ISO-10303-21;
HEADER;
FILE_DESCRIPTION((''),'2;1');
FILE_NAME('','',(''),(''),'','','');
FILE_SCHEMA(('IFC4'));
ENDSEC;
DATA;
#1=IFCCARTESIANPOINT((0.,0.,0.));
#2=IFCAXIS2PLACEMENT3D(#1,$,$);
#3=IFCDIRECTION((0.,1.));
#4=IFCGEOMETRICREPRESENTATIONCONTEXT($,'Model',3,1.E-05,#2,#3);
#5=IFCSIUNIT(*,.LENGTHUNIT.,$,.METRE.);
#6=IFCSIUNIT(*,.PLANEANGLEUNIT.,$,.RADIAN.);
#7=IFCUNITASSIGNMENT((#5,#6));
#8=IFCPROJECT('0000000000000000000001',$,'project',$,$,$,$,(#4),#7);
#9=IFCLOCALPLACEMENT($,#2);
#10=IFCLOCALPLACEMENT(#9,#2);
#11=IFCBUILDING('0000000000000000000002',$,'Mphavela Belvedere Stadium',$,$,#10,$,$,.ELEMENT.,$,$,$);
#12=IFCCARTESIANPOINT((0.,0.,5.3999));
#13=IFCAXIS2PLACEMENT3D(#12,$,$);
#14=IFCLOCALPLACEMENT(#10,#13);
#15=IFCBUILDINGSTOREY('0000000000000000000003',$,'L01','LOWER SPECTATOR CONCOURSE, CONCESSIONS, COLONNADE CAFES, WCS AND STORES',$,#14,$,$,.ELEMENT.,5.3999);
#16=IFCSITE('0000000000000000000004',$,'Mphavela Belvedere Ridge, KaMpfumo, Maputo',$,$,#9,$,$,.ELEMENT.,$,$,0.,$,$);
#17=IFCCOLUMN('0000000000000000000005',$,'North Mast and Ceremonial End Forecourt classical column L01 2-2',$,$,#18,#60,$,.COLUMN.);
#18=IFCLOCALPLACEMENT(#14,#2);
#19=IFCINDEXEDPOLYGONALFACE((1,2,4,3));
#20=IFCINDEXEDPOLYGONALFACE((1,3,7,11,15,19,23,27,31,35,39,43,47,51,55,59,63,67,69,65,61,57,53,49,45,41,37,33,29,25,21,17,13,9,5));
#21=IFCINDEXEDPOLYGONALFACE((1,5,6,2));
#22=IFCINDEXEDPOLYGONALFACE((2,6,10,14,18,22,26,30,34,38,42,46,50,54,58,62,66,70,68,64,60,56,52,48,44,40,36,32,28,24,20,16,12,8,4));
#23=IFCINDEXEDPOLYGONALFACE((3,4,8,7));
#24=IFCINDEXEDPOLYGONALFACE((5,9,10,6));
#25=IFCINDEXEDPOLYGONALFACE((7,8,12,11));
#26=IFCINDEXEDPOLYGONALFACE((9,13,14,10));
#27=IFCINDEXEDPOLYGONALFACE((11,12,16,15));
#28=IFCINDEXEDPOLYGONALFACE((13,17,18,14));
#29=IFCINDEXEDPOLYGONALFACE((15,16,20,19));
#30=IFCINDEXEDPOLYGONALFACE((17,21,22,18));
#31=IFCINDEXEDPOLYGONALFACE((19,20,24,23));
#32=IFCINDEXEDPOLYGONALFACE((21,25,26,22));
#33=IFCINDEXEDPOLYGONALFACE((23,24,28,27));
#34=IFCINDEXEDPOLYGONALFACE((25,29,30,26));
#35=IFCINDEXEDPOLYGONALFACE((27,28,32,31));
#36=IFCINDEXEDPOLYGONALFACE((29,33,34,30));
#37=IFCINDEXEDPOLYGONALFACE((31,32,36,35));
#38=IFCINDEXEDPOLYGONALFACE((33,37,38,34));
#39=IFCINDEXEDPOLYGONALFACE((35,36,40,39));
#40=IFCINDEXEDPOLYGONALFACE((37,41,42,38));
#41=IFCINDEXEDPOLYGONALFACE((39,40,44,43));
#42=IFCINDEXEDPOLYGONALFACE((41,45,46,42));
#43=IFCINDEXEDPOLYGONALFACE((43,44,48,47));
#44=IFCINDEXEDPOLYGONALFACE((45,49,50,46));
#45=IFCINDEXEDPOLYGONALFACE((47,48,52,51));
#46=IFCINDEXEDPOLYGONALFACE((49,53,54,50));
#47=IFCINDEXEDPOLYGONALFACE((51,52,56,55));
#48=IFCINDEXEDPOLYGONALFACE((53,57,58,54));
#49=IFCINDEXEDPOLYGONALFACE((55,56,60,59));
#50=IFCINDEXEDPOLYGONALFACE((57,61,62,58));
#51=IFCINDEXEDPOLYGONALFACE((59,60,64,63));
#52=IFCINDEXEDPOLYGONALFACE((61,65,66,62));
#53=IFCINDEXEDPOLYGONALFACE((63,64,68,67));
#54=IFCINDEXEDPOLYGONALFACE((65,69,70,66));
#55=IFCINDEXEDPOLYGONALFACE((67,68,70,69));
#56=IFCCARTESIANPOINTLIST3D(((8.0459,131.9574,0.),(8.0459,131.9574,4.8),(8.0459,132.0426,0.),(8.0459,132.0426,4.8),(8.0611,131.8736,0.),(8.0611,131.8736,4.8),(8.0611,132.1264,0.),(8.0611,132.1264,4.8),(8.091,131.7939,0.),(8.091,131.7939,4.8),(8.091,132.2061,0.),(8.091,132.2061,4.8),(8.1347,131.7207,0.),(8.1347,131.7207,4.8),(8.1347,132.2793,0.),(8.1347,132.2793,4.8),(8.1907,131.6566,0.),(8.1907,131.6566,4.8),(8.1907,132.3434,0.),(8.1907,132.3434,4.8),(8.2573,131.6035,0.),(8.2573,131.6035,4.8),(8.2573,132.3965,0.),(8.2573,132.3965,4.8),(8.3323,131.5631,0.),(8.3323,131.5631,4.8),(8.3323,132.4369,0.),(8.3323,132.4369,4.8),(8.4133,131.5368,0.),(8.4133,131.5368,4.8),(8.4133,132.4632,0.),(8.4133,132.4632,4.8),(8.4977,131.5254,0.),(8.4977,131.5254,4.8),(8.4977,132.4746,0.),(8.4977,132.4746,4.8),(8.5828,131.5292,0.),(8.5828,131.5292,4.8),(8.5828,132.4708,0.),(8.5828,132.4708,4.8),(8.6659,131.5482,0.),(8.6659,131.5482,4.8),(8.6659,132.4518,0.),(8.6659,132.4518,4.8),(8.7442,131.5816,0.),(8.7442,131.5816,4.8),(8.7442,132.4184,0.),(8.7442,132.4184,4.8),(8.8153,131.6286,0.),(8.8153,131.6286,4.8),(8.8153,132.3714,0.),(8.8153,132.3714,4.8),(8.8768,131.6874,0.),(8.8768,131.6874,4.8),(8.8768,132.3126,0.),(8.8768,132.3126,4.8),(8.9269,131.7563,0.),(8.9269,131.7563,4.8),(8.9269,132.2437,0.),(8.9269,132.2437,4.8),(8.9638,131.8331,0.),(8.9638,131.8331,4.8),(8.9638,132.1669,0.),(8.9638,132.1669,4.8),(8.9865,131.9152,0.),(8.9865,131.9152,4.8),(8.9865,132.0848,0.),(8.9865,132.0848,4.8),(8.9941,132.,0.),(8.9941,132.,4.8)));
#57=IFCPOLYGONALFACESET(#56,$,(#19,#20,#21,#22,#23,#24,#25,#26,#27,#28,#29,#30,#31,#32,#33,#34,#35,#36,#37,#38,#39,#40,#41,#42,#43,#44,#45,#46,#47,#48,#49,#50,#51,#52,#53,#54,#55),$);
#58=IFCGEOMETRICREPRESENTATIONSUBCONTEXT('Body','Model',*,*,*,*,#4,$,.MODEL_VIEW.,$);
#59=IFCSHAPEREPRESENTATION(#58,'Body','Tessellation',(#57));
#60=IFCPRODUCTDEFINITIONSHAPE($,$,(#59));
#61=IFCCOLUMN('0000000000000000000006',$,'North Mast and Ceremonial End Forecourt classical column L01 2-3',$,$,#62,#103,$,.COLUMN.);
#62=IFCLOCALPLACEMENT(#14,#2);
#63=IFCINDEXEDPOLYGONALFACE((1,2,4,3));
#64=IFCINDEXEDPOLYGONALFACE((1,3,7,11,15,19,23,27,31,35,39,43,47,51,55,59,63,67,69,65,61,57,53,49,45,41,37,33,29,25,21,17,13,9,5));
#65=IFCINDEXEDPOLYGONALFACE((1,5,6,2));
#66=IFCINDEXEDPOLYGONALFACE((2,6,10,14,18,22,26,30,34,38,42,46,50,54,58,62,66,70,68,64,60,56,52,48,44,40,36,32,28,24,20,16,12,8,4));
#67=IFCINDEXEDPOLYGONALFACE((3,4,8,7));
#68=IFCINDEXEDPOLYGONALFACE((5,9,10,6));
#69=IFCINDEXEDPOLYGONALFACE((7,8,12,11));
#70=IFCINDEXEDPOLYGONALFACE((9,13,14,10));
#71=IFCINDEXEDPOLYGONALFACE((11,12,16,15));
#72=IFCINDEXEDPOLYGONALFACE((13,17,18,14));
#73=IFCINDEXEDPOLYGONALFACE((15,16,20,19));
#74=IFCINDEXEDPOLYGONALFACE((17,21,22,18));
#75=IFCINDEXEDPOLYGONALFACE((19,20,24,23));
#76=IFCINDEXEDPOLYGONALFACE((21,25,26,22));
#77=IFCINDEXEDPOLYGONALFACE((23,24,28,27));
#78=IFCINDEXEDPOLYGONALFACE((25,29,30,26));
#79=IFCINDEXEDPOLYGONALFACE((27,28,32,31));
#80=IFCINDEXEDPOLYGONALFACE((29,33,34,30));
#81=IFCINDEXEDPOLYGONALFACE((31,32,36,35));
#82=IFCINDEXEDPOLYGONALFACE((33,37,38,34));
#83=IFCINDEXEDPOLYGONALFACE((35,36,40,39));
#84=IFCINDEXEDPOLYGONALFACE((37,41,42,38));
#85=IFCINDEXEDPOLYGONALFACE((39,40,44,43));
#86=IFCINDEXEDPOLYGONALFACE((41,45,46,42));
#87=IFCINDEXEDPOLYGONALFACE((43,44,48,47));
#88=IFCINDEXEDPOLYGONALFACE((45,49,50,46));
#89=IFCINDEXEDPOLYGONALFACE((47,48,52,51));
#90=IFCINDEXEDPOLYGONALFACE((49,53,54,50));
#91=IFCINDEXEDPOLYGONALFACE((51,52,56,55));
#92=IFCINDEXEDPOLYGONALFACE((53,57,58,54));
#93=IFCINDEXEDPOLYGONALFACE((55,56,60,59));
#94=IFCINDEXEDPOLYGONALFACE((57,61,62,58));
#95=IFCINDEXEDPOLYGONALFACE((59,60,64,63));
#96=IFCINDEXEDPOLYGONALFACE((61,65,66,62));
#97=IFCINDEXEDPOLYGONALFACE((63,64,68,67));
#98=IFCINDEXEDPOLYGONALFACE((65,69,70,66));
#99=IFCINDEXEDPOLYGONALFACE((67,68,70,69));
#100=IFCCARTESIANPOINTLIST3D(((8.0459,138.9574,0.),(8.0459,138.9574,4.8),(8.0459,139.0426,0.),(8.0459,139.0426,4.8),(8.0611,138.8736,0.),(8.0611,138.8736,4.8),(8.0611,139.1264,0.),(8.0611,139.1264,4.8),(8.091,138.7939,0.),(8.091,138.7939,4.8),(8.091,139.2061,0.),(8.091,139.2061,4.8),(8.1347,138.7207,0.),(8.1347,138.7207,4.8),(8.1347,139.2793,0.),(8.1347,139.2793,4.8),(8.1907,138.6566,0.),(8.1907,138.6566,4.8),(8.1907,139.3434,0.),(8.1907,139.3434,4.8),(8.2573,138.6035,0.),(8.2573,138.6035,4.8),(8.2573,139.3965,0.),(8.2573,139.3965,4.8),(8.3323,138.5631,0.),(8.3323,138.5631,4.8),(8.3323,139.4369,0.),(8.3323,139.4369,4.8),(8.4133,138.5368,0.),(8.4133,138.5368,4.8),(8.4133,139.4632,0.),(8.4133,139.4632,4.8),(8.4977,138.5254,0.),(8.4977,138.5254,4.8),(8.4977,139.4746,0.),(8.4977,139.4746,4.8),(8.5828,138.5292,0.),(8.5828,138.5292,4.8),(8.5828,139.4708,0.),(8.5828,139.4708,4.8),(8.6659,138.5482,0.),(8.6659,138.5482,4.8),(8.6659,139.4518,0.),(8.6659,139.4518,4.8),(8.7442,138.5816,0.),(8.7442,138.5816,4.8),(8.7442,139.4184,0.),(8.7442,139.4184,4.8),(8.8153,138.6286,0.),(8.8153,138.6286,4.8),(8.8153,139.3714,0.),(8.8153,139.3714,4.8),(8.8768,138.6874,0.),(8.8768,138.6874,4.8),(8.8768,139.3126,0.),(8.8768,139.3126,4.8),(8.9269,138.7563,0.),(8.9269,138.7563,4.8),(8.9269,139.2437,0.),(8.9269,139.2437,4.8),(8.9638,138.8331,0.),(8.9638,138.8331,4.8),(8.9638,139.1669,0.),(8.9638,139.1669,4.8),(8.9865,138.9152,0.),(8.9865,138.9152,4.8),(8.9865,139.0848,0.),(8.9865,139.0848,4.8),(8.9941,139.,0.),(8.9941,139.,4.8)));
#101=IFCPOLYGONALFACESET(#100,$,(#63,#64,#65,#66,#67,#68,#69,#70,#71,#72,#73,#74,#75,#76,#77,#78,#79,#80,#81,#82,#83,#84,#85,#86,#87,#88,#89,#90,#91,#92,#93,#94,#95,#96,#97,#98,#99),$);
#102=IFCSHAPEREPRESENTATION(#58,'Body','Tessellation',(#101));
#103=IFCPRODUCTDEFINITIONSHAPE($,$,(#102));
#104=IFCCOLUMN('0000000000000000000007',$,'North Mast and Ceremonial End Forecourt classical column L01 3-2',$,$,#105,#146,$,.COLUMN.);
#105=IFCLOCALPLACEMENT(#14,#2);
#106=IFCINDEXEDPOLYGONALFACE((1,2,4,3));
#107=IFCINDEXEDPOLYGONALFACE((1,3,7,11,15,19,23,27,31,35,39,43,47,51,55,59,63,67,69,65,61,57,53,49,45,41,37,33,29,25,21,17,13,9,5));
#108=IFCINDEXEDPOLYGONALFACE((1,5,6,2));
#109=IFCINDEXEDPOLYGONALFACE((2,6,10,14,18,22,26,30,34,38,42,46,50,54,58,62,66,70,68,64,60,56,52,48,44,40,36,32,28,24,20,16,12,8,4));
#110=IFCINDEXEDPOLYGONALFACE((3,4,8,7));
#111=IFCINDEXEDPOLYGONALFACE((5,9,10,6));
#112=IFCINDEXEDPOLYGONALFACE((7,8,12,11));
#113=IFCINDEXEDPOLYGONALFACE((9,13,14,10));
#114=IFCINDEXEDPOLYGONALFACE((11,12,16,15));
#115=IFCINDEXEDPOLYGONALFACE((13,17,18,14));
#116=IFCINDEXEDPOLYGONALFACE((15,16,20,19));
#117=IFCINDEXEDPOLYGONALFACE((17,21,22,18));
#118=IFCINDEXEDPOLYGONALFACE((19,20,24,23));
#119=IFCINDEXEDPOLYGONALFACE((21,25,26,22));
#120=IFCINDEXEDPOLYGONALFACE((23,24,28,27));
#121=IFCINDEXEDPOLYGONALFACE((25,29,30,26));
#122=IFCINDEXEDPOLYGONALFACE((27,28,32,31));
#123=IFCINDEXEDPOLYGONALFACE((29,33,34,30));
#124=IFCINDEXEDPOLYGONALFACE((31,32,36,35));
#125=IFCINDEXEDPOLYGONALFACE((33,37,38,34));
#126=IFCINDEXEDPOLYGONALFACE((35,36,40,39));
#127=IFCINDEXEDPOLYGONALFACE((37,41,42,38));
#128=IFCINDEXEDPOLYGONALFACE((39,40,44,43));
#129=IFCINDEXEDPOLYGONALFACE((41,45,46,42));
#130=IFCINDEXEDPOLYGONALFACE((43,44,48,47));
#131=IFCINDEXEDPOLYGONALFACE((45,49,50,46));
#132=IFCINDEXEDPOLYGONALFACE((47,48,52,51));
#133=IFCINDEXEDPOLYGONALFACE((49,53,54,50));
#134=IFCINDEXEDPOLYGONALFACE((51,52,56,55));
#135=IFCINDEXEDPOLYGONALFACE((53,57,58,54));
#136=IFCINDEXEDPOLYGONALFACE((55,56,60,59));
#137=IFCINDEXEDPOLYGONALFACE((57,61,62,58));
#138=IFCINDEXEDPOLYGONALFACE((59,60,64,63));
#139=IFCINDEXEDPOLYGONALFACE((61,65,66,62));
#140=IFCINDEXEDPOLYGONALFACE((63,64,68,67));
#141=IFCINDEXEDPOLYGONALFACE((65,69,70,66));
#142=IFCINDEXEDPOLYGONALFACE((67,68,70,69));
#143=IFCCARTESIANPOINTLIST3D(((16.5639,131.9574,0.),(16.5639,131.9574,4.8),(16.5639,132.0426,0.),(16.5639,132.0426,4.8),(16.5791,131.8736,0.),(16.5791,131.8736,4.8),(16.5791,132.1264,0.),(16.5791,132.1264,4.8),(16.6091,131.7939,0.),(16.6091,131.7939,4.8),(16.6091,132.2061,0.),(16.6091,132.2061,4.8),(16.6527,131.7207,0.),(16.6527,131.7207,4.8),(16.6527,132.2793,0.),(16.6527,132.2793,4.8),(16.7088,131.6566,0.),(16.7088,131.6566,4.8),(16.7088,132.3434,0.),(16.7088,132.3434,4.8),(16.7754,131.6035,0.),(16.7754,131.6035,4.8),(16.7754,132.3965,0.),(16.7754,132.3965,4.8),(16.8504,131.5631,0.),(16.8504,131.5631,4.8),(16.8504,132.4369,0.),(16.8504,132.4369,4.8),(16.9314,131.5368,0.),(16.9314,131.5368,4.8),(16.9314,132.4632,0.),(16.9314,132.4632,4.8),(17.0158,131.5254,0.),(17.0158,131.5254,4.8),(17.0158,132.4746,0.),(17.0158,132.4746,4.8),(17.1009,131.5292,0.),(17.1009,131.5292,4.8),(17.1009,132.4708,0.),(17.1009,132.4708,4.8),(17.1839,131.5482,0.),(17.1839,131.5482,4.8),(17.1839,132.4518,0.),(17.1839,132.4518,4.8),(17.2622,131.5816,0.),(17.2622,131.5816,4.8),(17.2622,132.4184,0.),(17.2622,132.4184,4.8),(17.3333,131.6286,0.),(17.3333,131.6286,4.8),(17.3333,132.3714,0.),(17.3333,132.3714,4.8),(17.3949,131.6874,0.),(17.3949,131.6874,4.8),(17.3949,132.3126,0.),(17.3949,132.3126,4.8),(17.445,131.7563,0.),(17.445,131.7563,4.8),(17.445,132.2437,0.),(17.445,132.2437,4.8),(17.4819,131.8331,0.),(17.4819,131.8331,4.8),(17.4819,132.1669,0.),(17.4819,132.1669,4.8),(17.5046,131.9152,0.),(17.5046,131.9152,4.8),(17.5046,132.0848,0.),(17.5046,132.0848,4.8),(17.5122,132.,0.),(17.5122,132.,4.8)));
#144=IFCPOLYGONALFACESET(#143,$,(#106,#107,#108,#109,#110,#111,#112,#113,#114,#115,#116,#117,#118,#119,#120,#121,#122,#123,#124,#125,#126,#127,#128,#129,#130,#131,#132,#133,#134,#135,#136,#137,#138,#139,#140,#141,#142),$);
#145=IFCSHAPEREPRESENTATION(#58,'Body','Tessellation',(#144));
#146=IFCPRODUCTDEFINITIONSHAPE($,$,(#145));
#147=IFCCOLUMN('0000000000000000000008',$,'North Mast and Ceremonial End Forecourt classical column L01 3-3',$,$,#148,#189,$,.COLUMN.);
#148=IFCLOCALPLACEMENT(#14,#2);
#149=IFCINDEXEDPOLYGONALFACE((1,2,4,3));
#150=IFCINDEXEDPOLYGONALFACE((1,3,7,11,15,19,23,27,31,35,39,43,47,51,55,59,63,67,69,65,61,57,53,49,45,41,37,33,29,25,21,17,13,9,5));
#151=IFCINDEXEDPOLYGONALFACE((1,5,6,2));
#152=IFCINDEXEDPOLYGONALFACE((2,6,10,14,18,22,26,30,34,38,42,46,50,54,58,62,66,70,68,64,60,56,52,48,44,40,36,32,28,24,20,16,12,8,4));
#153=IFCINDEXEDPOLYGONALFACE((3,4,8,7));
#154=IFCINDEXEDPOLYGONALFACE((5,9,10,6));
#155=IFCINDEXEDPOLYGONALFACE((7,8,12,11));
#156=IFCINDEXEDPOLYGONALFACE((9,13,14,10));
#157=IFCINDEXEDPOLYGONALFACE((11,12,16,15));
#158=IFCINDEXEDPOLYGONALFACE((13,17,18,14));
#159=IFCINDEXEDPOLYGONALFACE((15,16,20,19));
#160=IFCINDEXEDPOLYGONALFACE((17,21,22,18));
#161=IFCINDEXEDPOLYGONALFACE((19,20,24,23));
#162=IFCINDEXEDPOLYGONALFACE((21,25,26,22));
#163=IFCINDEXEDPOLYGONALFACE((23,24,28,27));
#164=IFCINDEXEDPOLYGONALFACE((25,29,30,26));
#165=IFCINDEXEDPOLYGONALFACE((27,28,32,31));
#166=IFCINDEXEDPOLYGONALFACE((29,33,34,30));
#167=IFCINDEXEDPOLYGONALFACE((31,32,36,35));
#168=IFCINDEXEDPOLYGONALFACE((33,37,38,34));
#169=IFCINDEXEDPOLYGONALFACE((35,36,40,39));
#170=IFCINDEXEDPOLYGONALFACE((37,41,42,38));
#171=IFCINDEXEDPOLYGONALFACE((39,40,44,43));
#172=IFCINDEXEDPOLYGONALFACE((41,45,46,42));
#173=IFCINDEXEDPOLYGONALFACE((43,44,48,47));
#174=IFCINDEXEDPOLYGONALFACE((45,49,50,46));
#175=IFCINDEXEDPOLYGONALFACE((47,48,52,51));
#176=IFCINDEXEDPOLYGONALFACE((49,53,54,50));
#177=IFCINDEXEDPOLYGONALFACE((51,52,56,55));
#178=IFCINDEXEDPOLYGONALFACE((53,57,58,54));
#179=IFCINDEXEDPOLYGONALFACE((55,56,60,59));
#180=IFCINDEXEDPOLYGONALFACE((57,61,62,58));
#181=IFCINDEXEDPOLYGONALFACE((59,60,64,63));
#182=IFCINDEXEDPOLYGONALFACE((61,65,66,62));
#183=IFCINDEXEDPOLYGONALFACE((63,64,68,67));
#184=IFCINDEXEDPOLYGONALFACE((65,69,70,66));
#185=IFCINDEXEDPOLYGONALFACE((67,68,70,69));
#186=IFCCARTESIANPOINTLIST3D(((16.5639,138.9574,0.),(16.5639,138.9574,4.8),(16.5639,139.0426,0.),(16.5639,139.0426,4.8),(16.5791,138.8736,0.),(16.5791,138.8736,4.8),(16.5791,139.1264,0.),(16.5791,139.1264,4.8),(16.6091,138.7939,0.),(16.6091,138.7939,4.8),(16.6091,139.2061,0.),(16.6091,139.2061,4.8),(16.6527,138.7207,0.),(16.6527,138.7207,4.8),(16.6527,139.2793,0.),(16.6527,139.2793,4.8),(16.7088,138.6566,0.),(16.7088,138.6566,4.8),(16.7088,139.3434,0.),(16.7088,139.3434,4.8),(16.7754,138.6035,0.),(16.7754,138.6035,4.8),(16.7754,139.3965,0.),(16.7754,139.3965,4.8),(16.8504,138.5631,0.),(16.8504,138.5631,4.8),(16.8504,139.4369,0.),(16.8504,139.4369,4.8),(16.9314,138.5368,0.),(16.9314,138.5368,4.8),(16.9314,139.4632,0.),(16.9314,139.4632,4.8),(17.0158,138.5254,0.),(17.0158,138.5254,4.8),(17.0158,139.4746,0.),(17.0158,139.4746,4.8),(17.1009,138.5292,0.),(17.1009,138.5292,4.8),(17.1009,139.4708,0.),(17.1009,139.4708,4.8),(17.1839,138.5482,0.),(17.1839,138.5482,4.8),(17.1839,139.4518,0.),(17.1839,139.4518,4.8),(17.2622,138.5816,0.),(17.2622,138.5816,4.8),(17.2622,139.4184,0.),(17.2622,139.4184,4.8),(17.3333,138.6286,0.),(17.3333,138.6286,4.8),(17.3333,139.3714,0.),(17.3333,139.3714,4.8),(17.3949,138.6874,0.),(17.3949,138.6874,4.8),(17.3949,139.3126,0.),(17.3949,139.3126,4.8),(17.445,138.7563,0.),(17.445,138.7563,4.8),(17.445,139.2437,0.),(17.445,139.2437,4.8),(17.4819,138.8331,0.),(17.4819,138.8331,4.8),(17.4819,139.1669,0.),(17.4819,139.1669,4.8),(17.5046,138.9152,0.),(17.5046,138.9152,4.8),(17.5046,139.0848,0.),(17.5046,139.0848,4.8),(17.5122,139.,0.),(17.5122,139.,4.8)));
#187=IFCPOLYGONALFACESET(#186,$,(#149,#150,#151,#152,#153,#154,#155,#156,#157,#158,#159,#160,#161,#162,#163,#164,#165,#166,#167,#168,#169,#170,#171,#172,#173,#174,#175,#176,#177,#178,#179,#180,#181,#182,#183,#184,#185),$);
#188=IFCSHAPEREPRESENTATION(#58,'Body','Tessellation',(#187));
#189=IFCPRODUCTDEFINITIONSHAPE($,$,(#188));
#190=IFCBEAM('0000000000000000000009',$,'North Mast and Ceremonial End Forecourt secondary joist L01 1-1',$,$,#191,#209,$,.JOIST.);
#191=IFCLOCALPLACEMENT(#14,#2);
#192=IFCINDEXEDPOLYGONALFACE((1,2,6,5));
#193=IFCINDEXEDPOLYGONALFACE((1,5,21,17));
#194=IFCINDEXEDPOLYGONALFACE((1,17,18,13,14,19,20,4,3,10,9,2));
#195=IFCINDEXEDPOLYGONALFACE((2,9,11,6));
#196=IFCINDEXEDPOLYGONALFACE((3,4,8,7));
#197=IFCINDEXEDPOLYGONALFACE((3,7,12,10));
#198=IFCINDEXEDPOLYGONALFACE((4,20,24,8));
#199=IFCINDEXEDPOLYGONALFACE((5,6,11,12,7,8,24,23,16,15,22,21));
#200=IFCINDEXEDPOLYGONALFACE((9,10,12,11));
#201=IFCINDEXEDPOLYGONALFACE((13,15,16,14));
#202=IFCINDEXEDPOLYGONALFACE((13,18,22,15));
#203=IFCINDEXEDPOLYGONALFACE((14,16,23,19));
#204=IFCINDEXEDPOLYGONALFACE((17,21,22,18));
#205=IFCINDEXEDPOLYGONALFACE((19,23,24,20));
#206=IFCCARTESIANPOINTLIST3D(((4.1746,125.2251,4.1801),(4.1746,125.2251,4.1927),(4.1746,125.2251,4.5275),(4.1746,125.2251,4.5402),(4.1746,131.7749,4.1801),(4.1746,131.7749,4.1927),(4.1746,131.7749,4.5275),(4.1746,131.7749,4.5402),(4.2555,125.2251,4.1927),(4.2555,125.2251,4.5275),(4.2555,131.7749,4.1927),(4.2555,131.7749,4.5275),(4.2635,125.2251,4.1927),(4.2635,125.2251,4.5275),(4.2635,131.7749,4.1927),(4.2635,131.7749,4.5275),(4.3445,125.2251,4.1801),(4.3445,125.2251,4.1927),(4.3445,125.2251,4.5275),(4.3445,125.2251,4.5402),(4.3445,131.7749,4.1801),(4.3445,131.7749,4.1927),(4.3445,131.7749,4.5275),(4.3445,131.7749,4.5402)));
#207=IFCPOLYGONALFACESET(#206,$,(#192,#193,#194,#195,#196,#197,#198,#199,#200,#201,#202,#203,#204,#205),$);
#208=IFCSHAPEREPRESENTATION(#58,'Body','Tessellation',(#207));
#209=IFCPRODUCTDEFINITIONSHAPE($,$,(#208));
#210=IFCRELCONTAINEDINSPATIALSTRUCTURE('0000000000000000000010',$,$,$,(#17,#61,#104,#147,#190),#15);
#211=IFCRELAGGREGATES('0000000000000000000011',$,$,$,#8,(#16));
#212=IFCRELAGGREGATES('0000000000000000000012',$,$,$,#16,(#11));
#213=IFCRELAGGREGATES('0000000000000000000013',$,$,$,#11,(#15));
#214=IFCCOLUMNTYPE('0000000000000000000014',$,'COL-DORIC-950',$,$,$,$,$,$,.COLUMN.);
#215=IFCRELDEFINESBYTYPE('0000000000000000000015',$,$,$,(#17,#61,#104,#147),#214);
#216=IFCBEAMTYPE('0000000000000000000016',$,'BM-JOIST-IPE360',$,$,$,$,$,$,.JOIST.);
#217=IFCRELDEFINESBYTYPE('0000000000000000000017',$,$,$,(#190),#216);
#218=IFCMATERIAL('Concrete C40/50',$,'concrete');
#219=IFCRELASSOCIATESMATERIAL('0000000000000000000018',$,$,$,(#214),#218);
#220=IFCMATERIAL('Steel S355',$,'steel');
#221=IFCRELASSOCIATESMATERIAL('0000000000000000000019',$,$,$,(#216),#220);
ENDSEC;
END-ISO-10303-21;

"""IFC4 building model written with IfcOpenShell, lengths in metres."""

from ifc_helpers import new_model, si_unit, direction, frame, origin, origin_2d, place, context, subcontext, project, spatial, circle, i_section, extrude, material, material_profile, profile_set, type_object, element, save


model = new_model("IFC4")

# Units and contexts
model_context = context("Model", 3, precision=1e-05, world=origin(), true_north=direction((0.0, 1.0)))
body_context = subcontext(model_context, "Body", "Model", "MODEL_VIEW")
ifc_project = project(units=[si_unit("LENGTHUNIT", "METRE"), si_unit("PLANEANGLEUNIT", "RADIAN")], contexts=[model_context])

# Site, building, storey
site_placement = place(None, origin())
site = spatial("IfcSite", under=ifc_project, at=site_placement, Name="Mphavela Belvedere Ridge, KaMpfumo, Maputo", CompositionType="ELEMENT", RefElevation=0.0)
building_placement = place(site_placement, origin())
building = spatial("IfcBuilding", under=site, at=building_placement, Name="Mphavela Belvedere Stadium", CompositionType="ELEMENT")
storey_placement = place(building_placement, frame((0.0, 0.0, 5.3999)))
storey = spatial("IfcBuildingStorey", under=building, at=storey_placement, Name="L01", Description="LOWER SPECTATOR CONCOURSE, CONCESSIONS, COLONNADE CAFES, WCS AND STORES", CompositionType="ELEMENT", Elevation=5.3999)

# Columns
ifc_material_1 = material(Name="Concrete C40/50", Category="concrete")
ifc_material_profile_1 = material_profile(ifc_material_1, circle(Radius=0.4751, at=origin_2d()), Name="COL D950")
ifc_profile_set_1 = profile_set([ifc_material_profile_1], Name="Concrete C40/50")
column_type = type_object("IfcColumnType", Name="COL-DORIC-950", PredefinedType="COLUMN", material=ifc_profile_set_1)
for number, where, z_axis, x_axis, name in (
    (1, (8.519, 132.0, 0.0), (0.0, 0.0, 1.0), (1.0, 0.0, 0.0), "North Mast and Ceremonial End Forecourt classical column L01 2-2"),
    (2, (8.519, 139.0, 0.0), (0.0, 0.0, 1.0), (1.0, 0.0, 0.0), "North Mast and Ceremonial End Forecourt classical column L01 2-3"),
    (3, (17.0371, 132.0, 0.0), (0.0, 0.0, 1.0), (1.0, 0.0, 0.0), "North Mast and Ceremonial End Forecourt classical column L01 3-2"),
    (4, (17.0371, 139.0, 0.0), (0.0, 0.0, 1.0), (1.0, 0.0, 0.0), "North Mast and Ceremonial End Forecourt classical column L01 3-3"),
):
    element("IfcColumn", number, at=place(storey_placement, frame(where, z_axis=z_axis, x_axis=x_axis)), inside=storey, type_object=column_type, Name=name, PredefinedType="COLUMN", context=body_context, shape_type="SweptSolid", body=[
        extrude(circle(Radius=0.4751, at=origin_2d()), origin(), (0.0, 0.0, 1.0), 4.8),
    ])

# Beam
ifc_material_2 = material(Name="Steel S355", Category="steel")
ifc_material_profile_2 = material_profile(ifc_material_2, i_section(OverallWidth=0.1699, OverallDepth=0.3601, WebThickness=0.0081, FlangeThickness=0.0127, at=origin_2d()), Name="IPE 360")
ifc_profile_set_2 = profile_set([ifc_material_profile_2], Name="Steel S355")
beam_type_1 = type_object("IfcBeamType", Name="BM-JOIST-IPE360", PredefinedType="JOIST", material=ifc_profile_set_2)
for number, where, z_axis, x_axis, name in (
    (5, (4.2595, 125.2251, 4.3601), (0.0, 1.0, 0.0), (-1.0, 0.0, 0.0), "North Mast and Ceremonial End Forecourt secondary joist L01 1-1"),
):
    element("IfcBeam", number, at=place(storey_placement, frame(where, z_axis=z_axis, x_axis=x_axis)), inside=storey, type_object=beam_type_1, Name=name, PredefinedType="JOIST", context=body_context, shape_type="SweptSolid", body=[
        extrude(i_section(OverallWidth=0.1699, OverallDepth=0.3601, WebThickness=0.0081, FlangeThickness=0.0127, at=origin_2d()), origin(), (0.0, 0.0, 1.0), 6.5498),
    ])

save(model, "model.ifc")
